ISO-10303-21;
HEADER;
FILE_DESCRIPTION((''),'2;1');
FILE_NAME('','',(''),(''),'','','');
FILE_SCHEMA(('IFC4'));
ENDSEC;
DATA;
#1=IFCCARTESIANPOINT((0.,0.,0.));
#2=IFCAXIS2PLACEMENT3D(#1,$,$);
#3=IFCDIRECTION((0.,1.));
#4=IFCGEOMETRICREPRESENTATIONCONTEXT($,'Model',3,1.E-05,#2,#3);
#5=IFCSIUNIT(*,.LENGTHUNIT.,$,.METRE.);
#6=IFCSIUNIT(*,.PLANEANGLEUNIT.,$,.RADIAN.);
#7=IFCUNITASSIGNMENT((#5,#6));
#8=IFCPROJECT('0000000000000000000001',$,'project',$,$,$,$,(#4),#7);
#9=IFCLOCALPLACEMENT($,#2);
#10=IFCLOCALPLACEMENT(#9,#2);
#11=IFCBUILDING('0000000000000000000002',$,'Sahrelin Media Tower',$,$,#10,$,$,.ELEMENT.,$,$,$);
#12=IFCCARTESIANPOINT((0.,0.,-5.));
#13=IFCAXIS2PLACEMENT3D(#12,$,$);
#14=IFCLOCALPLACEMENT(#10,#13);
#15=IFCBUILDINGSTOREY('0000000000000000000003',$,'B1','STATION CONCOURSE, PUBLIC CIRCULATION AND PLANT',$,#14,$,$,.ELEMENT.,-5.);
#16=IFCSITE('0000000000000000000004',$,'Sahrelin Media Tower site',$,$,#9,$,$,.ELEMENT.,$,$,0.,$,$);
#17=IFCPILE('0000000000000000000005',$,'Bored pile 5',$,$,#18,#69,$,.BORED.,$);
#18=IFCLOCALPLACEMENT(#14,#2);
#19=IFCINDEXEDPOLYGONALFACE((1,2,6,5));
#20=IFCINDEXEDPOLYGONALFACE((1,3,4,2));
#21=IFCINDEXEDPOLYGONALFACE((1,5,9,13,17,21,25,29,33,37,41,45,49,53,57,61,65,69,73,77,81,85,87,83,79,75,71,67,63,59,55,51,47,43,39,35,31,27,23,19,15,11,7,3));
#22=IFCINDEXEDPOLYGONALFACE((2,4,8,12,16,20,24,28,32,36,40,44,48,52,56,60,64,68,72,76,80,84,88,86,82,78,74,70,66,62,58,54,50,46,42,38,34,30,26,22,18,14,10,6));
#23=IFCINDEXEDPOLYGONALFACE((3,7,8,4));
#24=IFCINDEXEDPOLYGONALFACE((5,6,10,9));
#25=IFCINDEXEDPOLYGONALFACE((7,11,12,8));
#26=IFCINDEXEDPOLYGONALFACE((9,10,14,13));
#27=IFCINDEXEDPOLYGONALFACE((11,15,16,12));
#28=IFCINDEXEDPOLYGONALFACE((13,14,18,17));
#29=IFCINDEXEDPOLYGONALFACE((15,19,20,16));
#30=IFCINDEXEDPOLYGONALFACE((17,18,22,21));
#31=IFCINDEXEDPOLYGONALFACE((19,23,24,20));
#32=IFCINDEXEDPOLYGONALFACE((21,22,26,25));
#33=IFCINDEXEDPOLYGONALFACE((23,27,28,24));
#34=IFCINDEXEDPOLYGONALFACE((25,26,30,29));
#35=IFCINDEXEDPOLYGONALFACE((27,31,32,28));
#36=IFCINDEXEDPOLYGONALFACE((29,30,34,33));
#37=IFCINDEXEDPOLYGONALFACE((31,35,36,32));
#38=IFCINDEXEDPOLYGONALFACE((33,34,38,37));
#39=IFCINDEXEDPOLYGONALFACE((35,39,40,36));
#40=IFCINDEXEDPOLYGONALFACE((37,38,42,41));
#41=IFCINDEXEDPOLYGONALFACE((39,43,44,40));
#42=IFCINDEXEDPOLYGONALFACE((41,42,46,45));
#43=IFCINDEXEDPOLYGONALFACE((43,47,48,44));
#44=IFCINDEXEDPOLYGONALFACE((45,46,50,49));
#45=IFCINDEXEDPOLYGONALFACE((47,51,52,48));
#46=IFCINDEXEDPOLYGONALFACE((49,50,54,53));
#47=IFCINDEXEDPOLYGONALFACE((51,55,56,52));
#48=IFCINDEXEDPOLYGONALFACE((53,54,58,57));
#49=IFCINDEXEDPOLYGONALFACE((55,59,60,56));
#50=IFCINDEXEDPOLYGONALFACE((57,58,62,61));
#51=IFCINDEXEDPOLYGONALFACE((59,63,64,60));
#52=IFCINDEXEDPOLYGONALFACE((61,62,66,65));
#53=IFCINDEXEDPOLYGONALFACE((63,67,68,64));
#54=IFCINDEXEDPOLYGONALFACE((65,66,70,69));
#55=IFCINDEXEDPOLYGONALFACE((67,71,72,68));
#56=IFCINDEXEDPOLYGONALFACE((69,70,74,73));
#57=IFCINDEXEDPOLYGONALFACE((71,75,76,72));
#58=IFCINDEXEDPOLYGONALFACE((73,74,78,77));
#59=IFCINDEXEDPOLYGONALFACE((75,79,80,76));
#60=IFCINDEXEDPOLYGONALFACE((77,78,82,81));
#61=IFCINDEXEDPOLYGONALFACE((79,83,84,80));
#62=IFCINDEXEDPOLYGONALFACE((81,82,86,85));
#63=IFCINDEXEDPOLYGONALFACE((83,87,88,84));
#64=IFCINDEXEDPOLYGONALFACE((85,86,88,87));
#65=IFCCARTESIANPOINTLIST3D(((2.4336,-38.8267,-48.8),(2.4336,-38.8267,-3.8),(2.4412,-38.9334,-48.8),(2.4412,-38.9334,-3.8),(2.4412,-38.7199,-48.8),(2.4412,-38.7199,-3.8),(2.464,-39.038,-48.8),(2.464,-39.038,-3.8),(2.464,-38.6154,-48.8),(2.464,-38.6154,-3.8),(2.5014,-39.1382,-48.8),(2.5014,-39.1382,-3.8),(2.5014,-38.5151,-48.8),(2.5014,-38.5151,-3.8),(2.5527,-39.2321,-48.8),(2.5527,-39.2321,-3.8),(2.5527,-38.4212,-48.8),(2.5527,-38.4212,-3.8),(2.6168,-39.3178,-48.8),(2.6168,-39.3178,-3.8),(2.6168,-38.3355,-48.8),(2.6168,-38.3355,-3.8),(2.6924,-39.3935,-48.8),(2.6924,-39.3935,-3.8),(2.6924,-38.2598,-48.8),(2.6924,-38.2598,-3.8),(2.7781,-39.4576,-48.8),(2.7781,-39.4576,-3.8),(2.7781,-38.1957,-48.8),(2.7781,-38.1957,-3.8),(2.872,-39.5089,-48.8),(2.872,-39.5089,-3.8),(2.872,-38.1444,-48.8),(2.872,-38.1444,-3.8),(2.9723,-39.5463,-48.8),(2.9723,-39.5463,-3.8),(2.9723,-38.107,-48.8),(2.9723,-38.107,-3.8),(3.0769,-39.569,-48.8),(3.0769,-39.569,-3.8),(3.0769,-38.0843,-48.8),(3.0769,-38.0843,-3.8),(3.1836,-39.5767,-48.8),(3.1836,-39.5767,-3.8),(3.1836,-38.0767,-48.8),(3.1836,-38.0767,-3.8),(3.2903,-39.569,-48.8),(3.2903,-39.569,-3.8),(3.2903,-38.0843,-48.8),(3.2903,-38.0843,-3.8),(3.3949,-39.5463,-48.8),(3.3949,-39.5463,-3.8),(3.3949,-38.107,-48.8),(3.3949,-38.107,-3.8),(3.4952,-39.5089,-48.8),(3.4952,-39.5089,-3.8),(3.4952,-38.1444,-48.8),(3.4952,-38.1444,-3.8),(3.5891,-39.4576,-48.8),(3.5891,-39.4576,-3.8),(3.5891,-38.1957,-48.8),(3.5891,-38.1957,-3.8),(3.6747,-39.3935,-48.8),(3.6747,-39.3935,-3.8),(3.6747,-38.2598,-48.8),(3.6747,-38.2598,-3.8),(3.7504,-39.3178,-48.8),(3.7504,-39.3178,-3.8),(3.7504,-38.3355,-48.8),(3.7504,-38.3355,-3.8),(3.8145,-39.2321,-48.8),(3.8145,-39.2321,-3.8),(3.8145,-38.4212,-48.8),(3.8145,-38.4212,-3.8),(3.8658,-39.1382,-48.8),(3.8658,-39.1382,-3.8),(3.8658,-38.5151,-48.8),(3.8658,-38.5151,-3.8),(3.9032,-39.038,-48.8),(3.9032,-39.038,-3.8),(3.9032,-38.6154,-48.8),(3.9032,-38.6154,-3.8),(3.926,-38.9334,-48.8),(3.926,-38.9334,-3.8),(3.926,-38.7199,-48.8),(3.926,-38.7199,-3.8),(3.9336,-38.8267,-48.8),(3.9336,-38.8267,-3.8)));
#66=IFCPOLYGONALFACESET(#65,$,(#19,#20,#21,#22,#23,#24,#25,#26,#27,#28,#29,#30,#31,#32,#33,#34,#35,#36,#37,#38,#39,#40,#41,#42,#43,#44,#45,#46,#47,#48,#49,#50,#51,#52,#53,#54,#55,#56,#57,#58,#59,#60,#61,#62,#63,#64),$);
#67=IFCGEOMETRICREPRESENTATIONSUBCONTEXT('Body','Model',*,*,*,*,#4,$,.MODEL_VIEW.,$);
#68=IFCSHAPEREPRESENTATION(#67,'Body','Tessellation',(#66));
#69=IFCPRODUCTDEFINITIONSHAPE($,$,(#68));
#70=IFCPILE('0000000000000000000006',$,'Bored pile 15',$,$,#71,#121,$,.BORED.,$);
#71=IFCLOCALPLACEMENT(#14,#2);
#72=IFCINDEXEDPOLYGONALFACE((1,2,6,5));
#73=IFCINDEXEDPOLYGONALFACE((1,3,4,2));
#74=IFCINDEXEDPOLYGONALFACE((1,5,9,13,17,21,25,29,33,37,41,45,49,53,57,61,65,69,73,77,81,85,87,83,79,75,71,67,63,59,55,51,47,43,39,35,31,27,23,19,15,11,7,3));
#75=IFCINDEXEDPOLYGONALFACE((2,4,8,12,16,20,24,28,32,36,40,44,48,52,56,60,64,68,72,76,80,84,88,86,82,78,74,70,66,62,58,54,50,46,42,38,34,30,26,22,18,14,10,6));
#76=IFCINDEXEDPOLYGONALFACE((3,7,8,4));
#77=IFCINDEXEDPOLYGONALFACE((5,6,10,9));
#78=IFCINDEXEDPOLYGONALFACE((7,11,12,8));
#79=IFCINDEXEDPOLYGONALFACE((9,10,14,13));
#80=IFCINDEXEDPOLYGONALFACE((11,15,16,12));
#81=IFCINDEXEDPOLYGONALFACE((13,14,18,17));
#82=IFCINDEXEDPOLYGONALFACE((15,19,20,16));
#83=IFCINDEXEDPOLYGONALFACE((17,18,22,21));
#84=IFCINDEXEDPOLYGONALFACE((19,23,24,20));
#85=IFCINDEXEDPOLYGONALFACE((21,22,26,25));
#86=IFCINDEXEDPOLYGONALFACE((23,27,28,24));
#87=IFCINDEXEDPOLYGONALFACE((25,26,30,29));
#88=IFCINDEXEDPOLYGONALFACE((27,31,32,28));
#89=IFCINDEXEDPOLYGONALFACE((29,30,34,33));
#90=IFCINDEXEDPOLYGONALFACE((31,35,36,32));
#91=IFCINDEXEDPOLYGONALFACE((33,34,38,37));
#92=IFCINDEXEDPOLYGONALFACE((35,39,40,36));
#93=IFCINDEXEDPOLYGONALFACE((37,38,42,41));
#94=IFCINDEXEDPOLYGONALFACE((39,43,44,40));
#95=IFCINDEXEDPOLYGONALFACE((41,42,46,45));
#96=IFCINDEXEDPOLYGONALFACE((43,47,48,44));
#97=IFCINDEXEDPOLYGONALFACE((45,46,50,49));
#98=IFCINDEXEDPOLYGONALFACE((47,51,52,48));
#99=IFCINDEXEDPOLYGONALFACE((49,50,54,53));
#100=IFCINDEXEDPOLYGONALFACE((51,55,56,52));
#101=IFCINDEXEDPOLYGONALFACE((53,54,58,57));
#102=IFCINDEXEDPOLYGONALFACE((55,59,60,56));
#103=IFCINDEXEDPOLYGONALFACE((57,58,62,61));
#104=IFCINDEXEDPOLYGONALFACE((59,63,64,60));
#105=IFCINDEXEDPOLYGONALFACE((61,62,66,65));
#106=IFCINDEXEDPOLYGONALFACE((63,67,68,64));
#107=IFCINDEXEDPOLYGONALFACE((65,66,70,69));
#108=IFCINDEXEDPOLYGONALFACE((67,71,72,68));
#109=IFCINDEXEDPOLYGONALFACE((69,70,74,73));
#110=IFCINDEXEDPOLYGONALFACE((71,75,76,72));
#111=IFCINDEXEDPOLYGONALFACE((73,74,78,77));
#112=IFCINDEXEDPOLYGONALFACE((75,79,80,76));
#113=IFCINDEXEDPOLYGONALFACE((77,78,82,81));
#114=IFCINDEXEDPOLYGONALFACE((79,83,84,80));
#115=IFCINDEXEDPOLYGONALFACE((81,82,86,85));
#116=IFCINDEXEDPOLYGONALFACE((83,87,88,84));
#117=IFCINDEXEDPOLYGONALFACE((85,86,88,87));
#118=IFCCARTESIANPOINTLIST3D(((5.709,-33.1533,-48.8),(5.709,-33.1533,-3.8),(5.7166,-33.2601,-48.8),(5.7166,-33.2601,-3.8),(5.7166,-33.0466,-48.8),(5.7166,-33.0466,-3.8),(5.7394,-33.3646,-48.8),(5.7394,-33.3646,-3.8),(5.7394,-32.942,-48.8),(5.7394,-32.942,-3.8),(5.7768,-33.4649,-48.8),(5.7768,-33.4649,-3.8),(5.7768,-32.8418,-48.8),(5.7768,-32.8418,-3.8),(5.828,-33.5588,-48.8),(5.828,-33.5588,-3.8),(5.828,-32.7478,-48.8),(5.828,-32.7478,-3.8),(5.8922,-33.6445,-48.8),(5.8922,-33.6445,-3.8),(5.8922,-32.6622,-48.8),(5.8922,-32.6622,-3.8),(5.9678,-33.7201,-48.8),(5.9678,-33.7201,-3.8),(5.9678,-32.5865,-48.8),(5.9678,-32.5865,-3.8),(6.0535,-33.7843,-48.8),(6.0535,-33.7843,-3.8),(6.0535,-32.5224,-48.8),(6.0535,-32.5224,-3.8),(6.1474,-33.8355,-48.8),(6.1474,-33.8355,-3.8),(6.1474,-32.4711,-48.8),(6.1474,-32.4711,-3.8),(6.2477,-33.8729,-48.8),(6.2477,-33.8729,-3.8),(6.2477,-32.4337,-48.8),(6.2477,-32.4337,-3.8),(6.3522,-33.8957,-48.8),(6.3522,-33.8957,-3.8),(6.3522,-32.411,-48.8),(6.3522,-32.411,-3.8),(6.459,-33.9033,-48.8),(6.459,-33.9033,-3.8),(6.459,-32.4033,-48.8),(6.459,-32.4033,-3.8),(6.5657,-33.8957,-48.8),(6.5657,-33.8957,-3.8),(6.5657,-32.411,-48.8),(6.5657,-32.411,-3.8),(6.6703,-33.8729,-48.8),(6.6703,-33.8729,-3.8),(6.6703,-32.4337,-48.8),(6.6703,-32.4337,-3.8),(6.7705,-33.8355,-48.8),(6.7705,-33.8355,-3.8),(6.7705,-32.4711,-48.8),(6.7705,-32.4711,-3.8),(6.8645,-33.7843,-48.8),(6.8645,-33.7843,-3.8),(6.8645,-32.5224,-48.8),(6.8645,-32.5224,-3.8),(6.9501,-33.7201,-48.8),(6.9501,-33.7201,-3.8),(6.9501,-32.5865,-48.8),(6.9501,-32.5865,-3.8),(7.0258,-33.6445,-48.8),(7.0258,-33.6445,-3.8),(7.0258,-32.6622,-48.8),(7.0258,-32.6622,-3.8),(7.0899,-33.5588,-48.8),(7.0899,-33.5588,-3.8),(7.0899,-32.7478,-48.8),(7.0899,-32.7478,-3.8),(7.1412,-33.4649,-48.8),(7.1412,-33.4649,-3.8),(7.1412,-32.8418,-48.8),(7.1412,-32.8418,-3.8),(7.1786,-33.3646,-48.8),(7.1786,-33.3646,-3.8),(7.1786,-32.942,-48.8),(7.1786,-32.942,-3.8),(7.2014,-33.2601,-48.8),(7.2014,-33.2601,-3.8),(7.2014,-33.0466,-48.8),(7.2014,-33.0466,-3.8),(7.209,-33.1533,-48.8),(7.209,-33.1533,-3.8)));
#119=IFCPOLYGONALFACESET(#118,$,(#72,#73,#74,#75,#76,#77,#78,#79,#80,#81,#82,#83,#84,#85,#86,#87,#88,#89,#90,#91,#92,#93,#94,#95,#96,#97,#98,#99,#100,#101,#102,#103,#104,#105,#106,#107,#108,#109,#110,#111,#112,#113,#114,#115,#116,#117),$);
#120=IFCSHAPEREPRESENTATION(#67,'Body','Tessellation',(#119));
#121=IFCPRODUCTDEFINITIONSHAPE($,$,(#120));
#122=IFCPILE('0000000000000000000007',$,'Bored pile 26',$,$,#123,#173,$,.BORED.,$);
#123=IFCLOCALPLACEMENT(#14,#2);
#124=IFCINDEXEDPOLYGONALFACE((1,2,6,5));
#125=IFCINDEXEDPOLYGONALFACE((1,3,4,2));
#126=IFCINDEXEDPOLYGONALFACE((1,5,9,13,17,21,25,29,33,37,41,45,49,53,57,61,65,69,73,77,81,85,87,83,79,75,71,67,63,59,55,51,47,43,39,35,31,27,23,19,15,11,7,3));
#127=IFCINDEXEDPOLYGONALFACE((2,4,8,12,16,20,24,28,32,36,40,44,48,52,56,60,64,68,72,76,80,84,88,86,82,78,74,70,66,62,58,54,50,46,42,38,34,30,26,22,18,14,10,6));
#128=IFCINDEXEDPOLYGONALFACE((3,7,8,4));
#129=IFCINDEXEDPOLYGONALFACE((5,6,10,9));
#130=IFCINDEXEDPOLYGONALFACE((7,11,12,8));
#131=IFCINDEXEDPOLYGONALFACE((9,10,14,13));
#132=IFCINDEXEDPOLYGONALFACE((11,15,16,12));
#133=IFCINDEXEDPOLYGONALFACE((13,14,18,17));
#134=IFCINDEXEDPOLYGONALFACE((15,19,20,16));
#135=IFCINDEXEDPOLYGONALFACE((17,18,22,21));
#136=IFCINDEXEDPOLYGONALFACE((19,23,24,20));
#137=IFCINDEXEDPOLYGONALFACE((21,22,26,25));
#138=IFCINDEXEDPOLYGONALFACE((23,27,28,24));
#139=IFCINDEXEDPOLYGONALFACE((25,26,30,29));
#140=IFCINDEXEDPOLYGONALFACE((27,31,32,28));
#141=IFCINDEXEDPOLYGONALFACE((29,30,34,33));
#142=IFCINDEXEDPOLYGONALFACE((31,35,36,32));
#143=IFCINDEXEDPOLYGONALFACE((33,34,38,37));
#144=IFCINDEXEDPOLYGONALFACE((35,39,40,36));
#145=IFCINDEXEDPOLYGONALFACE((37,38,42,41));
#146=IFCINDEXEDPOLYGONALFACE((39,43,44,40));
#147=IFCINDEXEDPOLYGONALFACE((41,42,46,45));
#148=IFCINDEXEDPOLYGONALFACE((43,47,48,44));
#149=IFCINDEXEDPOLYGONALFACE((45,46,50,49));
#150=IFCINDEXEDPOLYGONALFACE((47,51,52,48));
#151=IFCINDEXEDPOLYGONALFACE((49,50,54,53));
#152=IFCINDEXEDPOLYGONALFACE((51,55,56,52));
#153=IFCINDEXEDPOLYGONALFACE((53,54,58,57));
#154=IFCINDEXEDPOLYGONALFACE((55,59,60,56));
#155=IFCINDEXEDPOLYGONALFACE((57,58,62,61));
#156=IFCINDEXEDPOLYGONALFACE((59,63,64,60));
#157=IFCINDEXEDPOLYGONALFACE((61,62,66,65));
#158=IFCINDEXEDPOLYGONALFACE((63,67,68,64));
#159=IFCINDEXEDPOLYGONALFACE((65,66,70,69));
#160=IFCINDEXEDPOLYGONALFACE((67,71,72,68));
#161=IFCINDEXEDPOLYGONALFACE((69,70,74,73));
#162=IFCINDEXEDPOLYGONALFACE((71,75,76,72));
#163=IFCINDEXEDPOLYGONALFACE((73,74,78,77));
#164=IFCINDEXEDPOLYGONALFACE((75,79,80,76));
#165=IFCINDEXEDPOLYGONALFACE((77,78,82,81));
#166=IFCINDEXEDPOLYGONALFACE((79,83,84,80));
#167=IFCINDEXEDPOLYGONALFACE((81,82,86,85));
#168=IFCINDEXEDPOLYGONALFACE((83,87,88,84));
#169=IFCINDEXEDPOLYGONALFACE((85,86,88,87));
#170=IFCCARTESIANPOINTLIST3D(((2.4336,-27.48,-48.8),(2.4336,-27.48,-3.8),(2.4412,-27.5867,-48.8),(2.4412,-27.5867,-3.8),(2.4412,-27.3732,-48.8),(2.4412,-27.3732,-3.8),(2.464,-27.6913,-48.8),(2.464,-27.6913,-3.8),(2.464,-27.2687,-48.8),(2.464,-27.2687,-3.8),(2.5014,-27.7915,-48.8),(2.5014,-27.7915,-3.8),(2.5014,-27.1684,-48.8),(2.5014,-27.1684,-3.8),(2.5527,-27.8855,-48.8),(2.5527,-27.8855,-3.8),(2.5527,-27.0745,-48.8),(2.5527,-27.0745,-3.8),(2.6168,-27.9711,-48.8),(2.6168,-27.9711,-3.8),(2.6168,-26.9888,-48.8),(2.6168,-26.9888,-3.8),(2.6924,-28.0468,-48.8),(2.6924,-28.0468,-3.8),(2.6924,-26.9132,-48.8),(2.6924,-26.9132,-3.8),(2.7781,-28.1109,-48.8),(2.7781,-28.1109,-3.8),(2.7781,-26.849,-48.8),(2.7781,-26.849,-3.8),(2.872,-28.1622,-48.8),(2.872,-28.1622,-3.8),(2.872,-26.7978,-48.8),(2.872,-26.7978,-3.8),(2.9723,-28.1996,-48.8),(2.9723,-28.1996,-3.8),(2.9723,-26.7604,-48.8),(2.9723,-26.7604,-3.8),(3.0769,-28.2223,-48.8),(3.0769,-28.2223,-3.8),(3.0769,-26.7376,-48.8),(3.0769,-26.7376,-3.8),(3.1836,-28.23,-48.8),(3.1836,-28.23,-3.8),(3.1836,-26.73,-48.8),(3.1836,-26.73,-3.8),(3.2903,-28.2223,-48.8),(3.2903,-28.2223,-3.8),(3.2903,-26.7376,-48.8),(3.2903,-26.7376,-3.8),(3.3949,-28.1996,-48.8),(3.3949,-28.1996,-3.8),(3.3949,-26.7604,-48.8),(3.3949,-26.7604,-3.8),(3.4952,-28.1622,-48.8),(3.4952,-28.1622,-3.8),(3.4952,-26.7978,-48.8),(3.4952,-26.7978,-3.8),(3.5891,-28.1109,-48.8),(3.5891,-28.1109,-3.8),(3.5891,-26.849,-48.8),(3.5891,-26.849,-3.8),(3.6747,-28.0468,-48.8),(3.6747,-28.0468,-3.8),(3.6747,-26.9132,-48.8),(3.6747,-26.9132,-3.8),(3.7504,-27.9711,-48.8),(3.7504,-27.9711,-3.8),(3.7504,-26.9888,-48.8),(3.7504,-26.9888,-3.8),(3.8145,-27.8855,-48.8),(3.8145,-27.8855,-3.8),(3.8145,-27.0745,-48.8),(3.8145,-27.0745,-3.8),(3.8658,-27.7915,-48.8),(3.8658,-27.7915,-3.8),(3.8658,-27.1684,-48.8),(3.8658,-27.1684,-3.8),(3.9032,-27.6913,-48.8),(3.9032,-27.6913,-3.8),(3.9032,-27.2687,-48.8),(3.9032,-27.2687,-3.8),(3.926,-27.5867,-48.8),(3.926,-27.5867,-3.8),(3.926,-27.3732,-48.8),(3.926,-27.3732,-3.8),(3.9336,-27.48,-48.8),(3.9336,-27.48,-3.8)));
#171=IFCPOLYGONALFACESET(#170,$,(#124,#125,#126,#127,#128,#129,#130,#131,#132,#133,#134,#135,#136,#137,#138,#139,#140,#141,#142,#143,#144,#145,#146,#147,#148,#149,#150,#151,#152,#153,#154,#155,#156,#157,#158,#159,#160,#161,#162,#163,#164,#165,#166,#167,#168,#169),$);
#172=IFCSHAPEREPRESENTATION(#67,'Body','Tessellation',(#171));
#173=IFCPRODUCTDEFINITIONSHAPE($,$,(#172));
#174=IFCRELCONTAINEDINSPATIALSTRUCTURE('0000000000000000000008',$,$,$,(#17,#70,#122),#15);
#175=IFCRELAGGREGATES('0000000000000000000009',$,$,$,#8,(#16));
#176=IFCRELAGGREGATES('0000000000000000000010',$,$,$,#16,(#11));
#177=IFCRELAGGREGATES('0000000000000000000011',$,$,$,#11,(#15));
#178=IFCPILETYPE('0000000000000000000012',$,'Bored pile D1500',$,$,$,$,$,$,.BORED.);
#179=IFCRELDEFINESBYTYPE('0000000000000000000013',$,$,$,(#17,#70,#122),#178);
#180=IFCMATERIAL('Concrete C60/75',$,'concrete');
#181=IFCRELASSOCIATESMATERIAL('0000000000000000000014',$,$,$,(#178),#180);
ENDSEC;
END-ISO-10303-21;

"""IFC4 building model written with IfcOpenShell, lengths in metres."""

from ifc_helpers import new_model, si_unit, direction, frame, origin, origin_2d, place, context, subcontext, project, spatial, circle, extrude, material, material_profile, profile_set, type_object, element, save


model = new_model("IFC4")

# Units and contexts
model_context = context("Model", 3, precision=1e-05, world=origin(), true_north=direction((0.0, 1.0)))
body_context = subcontext(model_context, "Body", "Model", "MODEL_VIEW")
ifc_project = project(units=[si_unit("LENGTHUNIT", "METRE"), si_unit("PLANEANGLEUNIT", "RADIAN")], contexts=[model_context])

# Site, building, storey
site_placement = place(None, origin())
site = spatial("IfcSite", under=ifc_project, at=site_placement, Name="Sahrelin Media Tower site", CompositionType="ELEMENT", RefElevation=0.0)
building_placement = place(site_placement, origin())
building = spatial("IfcBuilding", under=site, at=building_placement, Name="Sahrelin Media Tower", CompositionType="ELEMENT")
storey_placement = place(building_placement, frame((0.0, 0.0, -5.0)))
storey = spatial("IfcBuildingStorey", under=building, at=storey_placement, Name="B1", Description="STATION CONCOURSE, PUBLIC CIRCULATION AND PLANT", CompositionType="ELEMENT", Elevation=-5.0)

# Piles
ifc_material_1 = material(Name="Concrete C60/75", Category="concrete")
ifc_material_profile_1 = material_profile(ifc_material_1, circle(Radius=0.75, at=origin_2d()), Name="Bored pile D1500")
ifc_profile_set_1 = profile_set([ifc_material_profile_1], Name="Concrete C60/75")
pile_type = type_object("IfcPileType", Name="Bored pile D1500", PredefinedType="BORED", material=ifc_profile_set_1)
for number, where, z_axis, x_axis, name in (
    (1, (3.1836, -38.8267, -3.8), (0.0, 0.0, -1.0), (1.0, 0.0, 0.0), "Bored pile 5"),
    (2, (6.459, -33.1533, -3.8), (0.0, 0.0, -1.0), (1.0, 0.0, 0.0), "Bored pile 15"),
    (3, (3.1836, -27.48, -3.8), (0.0, 0.0, -1.0), (1.0, 0.0, 0.0), "Bored pile 26"),
):
    element("IfcPile", number, at=place(storey_placement, frame(where, z_axis=z_axis, x_axis=x_axis)), inside=storey, type_object=pile_type, Name=name, PredefinedType="BORED", context=body_context, shape_type="SweptSolid", body=[
        extrude(circle(Radius=0.75, at=origin_2d()), origin(), (0.0, 0.0, 1.0), 45.0),
    ])

save(model, "model.ifc")
